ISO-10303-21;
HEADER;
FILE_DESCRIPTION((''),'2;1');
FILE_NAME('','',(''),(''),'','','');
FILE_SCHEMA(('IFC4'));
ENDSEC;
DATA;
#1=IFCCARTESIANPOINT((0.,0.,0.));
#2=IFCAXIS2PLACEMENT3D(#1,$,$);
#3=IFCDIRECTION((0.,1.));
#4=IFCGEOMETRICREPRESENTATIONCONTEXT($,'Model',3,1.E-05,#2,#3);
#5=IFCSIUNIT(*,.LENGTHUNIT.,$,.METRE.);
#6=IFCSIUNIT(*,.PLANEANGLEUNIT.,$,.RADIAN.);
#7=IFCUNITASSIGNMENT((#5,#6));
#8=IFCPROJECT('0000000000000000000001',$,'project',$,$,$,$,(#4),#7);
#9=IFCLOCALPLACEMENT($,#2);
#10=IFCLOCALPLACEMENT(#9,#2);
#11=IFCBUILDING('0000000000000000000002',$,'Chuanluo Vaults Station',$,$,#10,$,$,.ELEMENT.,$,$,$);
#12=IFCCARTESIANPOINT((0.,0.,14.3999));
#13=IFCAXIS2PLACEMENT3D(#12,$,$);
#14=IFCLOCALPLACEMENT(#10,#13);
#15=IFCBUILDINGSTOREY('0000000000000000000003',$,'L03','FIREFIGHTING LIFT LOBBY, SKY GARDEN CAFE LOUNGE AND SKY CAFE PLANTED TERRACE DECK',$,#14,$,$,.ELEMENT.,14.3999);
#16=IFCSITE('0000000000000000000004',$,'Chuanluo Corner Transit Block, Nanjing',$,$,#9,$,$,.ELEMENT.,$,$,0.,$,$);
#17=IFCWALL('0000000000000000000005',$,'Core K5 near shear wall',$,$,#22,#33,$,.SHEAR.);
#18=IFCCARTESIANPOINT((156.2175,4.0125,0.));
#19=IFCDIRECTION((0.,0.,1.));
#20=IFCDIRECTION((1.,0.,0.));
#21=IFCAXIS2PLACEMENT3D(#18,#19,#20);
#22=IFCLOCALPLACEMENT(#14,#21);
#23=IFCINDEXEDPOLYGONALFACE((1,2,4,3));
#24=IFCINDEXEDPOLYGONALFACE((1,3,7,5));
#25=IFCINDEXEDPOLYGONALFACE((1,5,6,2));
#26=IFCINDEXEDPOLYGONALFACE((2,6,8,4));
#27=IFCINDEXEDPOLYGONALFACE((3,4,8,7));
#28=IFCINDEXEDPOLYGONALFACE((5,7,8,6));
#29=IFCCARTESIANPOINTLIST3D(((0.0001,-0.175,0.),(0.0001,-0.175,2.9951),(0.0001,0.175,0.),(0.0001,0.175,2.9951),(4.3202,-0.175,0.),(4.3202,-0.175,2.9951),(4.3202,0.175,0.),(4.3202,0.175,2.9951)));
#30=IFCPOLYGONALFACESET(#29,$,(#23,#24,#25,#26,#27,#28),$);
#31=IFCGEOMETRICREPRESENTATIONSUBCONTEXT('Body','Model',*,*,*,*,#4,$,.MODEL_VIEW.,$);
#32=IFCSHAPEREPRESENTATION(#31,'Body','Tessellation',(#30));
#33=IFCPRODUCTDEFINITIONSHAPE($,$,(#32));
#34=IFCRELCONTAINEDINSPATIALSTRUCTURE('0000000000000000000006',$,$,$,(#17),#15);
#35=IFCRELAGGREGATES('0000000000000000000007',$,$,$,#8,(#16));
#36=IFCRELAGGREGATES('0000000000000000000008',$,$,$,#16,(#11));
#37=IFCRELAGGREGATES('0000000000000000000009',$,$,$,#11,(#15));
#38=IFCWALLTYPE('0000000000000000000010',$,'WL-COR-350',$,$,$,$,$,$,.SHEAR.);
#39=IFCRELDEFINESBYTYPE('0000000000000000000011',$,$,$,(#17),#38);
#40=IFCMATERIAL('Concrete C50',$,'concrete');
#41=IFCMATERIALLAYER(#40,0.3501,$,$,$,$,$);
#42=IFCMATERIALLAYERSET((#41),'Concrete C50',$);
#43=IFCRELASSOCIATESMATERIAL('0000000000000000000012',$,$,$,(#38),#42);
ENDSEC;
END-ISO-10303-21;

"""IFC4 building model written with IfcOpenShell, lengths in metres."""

from ifc_helpers import new_model, si_unit, direction, frame, frame_2d, origin, place, context, subcontext, project, spatial, rectangle, extrude, material, layer, layer_set, type_object, element, save


model = new_model("IFC4")

# Units and contexts
model_context = context("Model", 3, precision=1e-05, world=origin(), true_north=direction((0.0, 1.0)))
body_context = subcontext(model_context, "Body", "Model", "MODEL_VIEW")
ifc_project = project(units=[si_unit("LENGTHUNIT", "METRE"), si_unit("PLANEANGLEUNIT", "RADIAN")], contexts=[model_context])

# Site, building, storey
site_placement = place(None, origin())
site = spatial("IfcSite", under=ifc_project, at=site_placement, Name="Chuanluo Corner Transit Block, Nanjing", CompositionType="ELEMENT", RefElevation=0.0)
building_placement = place(site_placement, origin())
building = spatial("IfcBuilding", under=site, at=building_placement, Name="Chuanluo Vaults Station", CompositionType="ELEMENT")
storey_placement = place(building_placement, frame((0.0, 0.0, 14.3999)))
storey = spatial("IfcBuildingStorey", under=building, at=storey_placement, Name="L03", Description="FIREFIGHTING LIFT LOBBY, SKY GARDEN CAFE LOUNGE AND SKY CAFE PLANTED TERRACE DECK", CompositionType="ELEMENT", Elevation=14.3999)

# Shared definitions
ifc_material_1 = material(Name="Concrete C50", Category="concrete")
ifc_layer_1 = layer(ifc_material_1, 0.3501)
ifc_layer_set_1 = layer_set([ifc_layer_1], Name="Concrete C50")
wall_type_1 = type_object("IfcWallType", Name="WL-COR-350", PredefinedType="SHEAR", material=ifc_layer_set_1)

# Wall
for number, where, z_axis, x_axis, name in (
    (1, (156.2175, 4.0125, 0.0), (0.0, 0.0, 1.0), (1.0, 0.0, 0.0), "Core K5 near shear wall"),
):
    element("IfcWall", number, at=place(storey_placement, frame(where, z_axis=z_axis, x_axis=x_axis)), inside=storey, type_object=wall_type_1, Name=name, PredefinedType="SHEAR", context=body_context, shape_type="SweptSolid", body=[
        extrude(rectangle(XDim=4.3201, YDim=0.3501, at=frame_2d((2.1602, 0.0))), origin(), (0.0, 0.0, 1.0), 2.9951),
    ])

save(model, "model.ifc")
